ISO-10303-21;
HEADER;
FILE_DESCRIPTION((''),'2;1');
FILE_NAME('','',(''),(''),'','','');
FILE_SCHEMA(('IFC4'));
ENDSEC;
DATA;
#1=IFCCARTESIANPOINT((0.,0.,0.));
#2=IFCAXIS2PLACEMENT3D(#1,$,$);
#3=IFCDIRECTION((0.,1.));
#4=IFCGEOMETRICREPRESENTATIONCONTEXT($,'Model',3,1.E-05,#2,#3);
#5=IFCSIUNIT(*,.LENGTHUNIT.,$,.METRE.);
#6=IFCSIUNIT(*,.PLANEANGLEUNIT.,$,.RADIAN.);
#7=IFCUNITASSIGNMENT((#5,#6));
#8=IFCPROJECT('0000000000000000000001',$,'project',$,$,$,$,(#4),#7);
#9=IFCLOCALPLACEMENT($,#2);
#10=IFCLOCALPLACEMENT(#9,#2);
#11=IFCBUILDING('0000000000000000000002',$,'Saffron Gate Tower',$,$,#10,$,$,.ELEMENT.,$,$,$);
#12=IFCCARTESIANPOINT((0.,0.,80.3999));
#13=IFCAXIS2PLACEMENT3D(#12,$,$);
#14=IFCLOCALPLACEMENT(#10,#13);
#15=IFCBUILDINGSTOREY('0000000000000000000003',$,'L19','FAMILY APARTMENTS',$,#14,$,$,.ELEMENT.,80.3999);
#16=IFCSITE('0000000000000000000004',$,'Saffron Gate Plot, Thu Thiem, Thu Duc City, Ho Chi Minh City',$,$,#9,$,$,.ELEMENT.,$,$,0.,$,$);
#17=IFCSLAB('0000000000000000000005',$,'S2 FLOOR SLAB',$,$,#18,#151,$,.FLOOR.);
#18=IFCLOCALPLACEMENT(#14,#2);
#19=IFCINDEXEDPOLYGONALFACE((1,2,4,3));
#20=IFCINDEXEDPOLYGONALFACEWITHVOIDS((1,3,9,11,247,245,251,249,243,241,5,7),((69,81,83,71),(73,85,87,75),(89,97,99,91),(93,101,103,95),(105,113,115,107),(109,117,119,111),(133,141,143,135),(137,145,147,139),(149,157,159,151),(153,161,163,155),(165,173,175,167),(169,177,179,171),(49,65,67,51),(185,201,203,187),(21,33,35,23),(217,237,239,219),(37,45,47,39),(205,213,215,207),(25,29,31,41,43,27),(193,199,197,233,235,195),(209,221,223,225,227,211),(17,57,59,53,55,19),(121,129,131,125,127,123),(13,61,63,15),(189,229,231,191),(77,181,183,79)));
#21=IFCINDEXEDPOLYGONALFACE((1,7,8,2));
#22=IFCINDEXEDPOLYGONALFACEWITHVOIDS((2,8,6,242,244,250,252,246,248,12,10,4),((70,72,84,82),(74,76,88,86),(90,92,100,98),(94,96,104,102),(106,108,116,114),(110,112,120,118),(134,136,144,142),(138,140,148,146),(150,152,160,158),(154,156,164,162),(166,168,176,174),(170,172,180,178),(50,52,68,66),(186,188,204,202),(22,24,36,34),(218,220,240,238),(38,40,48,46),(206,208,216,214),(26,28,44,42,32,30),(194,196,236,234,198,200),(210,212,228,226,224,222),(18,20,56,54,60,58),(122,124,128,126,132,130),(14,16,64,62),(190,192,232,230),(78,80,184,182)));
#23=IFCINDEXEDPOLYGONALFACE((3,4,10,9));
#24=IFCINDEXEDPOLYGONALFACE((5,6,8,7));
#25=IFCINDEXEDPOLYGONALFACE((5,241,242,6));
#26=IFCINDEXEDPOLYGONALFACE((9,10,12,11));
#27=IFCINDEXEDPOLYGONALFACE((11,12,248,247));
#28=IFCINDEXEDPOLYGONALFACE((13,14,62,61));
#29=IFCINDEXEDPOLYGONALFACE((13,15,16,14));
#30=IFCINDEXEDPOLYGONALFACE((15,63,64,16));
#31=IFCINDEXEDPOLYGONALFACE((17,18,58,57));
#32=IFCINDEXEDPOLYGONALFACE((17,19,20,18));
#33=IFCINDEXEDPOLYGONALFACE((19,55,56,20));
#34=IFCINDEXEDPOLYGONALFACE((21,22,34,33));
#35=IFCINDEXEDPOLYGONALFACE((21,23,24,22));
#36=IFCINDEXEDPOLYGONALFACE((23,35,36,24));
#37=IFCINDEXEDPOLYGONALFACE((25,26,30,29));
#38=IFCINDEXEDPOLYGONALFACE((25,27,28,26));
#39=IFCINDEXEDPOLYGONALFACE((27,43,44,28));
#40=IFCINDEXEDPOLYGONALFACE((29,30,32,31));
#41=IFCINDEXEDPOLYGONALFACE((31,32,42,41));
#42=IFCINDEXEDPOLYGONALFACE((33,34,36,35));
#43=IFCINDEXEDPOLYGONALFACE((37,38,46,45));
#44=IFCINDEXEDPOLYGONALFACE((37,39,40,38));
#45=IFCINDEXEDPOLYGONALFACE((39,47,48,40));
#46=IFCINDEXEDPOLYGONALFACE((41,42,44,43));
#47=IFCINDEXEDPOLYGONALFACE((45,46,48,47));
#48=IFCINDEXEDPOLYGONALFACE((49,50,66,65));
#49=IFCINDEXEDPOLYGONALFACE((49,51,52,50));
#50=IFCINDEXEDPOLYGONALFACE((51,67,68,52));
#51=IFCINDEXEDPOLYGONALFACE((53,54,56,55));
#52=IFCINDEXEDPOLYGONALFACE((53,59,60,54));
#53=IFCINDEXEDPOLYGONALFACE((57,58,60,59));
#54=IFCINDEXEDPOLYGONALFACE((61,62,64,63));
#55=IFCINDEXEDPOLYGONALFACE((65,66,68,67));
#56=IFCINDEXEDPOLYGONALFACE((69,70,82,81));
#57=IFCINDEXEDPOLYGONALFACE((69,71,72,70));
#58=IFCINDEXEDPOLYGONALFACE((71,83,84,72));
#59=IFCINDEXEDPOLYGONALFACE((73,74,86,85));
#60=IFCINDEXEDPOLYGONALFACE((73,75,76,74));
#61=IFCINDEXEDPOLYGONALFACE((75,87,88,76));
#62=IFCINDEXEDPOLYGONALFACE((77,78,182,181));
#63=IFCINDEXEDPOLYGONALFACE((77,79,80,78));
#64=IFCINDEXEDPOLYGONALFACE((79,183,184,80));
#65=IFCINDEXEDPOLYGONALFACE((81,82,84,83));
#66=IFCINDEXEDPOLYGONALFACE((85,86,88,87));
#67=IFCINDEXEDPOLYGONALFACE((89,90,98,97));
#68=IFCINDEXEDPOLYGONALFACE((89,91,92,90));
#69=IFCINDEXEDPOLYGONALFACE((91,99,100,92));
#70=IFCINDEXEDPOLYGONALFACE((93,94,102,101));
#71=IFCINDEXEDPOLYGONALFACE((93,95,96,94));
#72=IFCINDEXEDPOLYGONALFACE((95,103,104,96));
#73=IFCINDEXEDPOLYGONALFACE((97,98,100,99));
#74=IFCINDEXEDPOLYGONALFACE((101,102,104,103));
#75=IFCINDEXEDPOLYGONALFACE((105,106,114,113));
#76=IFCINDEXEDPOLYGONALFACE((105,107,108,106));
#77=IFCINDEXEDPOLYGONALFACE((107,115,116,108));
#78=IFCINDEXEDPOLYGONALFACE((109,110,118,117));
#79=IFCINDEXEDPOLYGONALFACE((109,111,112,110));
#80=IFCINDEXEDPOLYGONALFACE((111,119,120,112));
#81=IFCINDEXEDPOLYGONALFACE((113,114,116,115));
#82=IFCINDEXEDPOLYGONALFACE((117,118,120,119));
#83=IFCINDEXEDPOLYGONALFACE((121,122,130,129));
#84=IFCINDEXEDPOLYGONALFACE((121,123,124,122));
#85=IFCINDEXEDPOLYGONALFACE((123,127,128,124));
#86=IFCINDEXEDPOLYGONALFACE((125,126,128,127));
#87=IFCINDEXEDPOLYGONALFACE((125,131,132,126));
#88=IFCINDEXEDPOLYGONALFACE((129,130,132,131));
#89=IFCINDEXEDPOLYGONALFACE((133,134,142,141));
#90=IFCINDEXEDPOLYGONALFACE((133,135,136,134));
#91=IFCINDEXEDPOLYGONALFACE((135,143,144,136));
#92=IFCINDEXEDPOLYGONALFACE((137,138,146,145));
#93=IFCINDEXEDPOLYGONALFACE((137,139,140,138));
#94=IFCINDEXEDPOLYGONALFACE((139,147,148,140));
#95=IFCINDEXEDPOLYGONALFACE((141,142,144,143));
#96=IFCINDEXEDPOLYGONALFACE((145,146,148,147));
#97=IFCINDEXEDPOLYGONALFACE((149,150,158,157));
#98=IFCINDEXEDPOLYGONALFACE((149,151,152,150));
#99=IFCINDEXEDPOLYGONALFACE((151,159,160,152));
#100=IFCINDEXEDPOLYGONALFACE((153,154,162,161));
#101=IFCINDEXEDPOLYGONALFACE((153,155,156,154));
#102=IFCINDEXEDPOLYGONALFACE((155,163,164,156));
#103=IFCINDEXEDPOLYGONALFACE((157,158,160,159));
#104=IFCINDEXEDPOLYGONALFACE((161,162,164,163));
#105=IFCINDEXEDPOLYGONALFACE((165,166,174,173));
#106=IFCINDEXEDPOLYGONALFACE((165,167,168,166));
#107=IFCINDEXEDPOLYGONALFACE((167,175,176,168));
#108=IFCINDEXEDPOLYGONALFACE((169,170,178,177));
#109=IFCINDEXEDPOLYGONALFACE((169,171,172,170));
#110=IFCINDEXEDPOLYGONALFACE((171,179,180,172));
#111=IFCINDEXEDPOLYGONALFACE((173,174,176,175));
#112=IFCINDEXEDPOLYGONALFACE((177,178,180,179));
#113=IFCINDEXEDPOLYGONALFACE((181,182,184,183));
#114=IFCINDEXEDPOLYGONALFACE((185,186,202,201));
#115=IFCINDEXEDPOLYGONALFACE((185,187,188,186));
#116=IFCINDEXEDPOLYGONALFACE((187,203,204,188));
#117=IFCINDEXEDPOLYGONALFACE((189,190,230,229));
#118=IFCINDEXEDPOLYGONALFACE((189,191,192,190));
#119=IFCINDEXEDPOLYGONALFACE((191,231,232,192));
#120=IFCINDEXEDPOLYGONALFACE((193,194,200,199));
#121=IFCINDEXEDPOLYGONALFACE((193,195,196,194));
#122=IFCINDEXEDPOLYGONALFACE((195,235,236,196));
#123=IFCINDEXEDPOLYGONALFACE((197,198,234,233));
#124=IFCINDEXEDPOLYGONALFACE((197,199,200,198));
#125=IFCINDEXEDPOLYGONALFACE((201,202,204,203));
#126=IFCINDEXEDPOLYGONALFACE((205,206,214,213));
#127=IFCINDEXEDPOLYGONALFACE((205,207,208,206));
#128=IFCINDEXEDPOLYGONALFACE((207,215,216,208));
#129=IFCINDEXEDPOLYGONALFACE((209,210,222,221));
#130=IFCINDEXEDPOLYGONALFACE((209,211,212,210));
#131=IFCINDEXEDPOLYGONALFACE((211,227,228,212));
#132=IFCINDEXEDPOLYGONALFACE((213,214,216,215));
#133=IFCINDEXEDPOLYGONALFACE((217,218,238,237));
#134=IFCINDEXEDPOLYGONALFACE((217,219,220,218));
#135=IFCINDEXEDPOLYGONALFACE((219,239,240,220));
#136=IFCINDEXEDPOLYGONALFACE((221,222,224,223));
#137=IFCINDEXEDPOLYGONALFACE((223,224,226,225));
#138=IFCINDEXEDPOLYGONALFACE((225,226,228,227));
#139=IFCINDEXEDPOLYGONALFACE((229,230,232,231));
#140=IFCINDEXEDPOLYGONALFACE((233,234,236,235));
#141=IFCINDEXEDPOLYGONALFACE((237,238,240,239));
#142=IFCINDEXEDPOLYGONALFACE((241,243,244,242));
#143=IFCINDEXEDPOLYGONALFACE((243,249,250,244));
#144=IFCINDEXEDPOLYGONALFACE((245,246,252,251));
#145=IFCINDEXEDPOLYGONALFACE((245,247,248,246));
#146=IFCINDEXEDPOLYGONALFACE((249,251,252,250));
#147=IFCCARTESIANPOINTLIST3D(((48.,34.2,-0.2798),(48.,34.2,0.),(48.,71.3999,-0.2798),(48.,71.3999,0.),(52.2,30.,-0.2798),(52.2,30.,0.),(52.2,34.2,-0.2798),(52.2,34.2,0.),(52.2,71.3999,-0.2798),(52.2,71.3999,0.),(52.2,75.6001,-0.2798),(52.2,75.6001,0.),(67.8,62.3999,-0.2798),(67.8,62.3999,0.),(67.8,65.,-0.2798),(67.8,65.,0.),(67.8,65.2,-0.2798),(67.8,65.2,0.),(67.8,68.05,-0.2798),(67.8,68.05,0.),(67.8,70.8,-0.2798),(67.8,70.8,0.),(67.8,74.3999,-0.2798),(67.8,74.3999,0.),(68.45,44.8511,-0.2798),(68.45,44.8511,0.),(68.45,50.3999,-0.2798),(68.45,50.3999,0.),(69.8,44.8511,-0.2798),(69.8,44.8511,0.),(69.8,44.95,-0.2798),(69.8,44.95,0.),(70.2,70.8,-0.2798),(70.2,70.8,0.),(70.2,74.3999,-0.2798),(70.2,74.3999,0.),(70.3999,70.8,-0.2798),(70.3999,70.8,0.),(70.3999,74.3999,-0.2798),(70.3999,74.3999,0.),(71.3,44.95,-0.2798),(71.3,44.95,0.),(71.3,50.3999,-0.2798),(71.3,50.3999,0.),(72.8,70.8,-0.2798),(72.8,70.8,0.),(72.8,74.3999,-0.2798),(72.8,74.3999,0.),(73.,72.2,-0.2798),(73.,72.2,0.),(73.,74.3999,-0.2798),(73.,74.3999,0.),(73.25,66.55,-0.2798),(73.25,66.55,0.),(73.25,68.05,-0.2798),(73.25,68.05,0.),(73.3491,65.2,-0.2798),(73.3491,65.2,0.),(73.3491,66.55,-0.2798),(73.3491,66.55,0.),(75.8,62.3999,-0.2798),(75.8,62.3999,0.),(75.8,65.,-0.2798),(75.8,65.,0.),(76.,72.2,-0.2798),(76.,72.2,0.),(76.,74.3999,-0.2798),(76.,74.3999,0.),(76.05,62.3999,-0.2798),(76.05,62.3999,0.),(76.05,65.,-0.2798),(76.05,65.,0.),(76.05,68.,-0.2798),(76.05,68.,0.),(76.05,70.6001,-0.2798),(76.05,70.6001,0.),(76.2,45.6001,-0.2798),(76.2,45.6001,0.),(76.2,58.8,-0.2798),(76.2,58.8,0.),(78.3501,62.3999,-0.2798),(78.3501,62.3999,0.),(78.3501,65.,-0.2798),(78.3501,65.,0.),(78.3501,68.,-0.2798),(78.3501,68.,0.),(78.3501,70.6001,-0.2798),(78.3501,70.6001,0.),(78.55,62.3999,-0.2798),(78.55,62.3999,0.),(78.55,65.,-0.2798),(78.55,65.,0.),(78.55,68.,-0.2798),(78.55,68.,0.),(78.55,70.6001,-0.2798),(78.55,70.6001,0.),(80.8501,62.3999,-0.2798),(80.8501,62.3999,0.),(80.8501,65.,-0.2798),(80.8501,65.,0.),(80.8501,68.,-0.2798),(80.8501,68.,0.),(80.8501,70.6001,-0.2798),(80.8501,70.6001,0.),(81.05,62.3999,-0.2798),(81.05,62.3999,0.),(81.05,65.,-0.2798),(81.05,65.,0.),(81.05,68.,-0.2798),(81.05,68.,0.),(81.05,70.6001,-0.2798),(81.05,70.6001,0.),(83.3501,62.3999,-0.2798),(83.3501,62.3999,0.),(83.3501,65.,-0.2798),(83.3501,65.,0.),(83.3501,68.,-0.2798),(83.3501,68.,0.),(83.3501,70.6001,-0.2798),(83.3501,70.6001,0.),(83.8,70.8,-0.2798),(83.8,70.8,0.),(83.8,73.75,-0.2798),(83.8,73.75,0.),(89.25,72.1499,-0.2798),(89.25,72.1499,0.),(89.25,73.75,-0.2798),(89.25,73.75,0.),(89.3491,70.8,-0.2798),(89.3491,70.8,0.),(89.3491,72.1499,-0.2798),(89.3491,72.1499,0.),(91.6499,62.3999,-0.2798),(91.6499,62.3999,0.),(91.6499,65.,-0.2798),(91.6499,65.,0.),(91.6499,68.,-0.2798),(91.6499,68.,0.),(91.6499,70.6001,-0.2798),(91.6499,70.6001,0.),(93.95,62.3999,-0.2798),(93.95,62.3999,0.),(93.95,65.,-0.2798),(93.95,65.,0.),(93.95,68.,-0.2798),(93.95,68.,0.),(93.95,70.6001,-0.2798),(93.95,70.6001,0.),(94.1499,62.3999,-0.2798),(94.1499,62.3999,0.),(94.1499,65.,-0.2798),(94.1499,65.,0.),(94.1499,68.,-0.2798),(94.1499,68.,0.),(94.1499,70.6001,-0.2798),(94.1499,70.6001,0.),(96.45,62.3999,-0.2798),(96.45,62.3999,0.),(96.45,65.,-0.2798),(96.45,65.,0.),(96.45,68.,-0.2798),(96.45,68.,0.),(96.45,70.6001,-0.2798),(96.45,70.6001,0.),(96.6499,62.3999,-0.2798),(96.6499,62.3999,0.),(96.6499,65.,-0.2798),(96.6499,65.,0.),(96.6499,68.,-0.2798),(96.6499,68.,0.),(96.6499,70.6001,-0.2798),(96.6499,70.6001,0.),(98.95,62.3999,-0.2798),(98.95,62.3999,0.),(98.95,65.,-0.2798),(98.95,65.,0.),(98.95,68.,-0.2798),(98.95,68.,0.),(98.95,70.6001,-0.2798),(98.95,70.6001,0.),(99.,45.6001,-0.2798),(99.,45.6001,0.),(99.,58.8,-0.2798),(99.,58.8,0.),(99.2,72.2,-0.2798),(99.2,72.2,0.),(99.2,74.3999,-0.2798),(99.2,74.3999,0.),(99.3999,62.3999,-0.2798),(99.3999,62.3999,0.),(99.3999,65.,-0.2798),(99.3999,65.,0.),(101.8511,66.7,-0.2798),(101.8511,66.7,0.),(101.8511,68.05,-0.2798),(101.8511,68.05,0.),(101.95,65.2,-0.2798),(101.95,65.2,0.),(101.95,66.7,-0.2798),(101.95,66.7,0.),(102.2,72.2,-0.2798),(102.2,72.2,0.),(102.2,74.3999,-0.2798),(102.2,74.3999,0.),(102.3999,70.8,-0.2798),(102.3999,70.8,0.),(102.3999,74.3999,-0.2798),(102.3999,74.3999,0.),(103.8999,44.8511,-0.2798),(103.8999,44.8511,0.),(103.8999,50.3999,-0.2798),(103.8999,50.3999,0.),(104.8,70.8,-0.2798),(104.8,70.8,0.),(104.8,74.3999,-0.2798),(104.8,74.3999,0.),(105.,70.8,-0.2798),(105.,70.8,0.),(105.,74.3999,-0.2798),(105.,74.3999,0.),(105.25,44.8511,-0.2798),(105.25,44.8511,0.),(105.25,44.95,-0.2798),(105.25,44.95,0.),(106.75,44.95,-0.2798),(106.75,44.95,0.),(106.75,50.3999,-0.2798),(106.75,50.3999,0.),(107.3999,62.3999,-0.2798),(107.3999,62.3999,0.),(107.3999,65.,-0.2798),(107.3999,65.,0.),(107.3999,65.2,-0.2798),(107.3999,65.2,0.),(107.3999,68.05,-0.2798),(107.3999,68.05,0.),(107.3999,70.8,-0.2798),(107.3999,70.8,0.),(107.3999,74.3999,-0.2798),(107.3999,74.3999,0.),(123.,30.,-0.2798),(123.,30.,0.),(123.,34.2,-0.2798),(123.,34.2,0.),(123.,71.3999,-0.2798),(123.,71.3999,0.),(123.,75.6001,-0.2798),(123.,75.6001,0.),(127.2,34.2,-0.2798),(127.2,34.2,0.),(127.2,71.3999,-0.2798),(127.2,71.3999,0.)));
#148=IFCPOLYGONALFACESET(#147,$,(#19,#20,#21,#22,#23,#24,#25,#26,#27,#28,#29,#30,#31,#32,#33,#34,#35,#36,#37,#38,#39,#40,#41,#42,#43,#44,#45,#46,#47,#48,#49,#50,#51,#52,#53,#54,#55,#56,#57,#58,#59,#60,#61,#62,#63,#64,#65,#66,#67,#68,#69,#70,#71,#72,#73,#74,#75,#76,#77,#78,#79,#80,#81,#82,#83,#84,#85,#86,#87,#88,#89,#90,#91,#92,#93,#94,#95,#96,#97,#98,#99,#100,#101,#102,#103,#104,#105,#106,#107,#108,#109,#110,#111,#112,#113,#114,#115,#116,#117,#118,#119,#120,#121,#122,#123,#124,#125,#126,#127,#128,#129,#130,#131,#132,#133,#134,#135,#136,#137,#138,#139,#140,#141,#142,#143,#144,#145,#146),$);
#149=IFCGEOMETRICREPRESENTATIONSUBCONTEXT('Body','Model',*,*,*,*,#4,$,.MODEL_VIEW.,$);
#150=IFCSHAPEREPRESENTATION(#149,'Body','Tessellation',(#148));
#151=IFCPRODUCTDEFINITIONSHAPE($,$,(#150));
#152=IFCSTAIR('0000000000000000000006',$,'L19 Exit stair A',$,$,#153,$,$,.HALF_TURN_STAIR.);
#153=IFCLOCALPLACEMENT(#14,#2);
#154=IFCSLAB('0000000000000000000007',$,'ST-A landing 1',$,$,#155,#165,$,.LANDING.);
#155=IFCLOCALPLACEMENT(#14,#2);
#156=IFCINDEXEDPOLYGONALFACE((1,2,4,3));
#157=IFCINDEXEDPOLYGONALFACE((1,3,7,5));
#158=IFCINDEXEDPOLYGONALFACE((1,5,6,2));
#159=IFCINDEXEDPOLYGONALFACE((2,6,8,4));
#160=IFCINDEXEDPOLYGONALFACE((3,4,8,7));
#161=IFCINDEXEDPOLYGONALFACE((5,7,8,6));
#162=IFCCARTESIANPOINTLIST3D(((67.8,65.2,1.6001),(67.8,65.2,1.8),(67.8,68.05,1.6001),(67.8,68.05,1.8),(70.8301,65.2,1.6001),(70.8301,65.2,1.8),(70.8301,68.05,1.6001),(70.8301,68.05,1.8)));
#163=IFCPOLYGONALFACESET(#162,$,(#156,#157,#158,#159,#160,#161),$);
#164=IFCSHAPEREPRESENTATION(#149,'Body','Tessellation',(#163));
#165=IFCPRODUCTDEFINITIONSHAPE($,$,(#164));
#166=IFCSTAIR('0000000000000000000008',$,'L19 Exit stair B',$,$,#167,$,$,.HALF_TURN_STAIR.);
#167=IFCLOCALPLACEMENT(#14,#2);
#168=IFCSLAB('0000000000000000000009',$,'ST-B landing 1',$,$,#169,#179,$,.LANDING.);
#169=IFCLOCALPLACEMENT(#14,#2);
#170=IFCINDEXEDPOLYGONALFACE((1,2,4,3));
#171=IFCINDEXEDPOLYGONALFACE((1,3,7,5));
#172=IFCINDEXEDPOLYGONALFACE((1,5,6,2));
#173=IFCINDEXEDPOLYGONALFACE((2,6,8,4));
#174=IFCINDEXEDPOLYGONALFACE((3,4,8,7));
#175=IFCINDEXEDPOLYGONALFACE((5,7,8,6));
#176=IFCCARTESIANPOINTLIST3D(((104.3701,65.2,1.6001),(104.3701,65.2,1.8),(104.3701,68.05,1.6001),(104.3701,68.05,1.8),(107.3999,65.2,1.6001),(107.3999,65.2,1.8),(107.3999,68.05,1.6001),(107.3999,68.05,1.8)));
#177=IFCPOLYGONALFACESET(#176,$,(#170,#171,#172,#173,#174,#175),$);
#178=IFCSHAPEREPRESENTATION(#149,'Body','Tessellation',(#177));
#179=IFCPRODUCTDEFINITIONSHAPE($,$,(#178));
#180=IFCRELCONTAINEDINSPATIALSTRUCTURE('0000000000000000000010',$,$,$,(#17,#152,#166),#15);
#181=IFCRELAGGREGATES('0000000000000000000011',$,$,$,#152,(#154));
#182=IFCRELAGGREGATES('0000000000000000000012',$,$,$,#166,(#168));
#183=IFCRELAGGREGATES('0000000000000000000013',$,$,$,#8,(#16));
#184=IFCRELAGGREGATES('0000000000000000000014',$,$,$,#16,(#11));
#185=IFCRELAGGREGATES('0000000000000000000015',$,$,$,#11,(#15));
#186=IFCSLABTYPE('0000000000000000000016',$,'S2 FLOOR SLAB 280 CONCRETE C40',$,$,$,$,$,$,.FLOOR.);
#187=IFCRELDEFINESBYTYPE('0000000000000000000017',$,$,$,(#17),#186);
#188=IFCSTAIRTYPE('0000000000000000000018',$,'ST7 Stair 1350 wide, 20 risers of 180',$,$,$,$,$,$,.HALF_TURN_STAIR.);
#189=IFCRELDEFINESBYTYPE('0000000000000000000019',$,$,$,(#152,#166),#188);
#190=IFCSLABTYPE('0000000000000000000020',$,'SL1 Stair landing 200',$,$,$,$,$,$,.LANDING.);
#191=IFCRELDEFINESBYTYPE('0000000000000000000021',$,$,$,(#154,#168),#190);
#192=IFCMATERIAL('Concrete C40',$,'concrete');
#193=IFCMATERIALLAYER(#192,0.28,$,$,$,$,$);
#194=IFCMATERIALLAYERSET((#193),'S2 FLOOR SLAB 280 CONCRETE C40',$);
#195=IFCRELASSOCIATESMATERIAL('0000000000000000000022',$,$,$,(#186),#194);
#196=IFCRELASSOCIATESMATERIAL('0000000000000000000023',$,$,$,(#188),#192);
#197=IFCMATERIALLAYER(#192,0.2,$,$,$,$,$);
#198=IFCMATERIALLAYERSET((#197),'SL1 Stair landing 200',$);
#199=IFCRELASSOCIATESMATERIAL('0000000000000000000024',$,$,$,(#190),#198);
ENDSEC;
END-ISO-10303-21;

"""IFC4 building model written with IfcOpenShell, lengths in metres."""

from ifc_helpers import new_model, si_unit, direction, frame, origin, place, context, subcontext, project, spatial, polyline, outline, extrude, material, layer, layer_set, type_object, element, aggregate, save


model = new_model("IFC4")

# Units and contexts
model_context = context("Model", 3, precision=1e-05, world=origin(), true_north=direction((0.0, 1.0)))
body_context = subcontext(model_context, "Body", "Model", "MODEL_VIEW")
ifc_project = project(units=[si_unit("LENGTHUNIT", "METRE"), si_unit("PLANEANGLEUNIT", "RADIAN")], contexts=[model_context])

# Site, building, storey
site_placement = place(None, origin())
site = spatial("IfcSite", under=ifc_project, at=site_placement, Name="Saffron Gate Plot, Thu Thiem, Thu Duc City, Ho Chi Minh City", CompositionType="ELEMENT", RefElevation=0.0)
building_placement = place(site_placement, origin())
building = spatial("IfcBuilding", under=site, at=building_placement, Name="Saffron Gate Tower", CompositionType="ELEMENT")
storey_placement = place(building_placement, frame((0.0, 0.0, 80.3999)))
storey = spatial("IfcBuildingStorey", under=building, at=storey_placement, Name="L19", Description="FAMILY APARTMENTS", CompositionType="ELEMENT", Elevation=80.3999)

# Slab
ifc_material_1 = material(Name="Concrete C40", Category="concrete")
ifc_layer_1 = layer(ifc_material_1, 0.28)
ifc_layer_set_1 = layer_set([ifc_layer_1], Name="S2 FLOOR SLAB 280 CONCRETE C40")
slab_type_1 = type_object("IfcSlabType", Name="S2 FLOOR SLAB 280 CONCRETE C40", PredefinedType="FLOOR", material=ifc_layer_set_1)
slab_1_placement = place(storey_placement, frame((0.0, 0.0, -0.2798)))
element("IfcSlab", 1, at=slab_1_placement, inside=storey, type_object=slab_type_1, Name="S2 FLOOR SLAB", PredefinedType="FLOOR", context=body_context, shape_type="SweptSolid", body=[
    extrude(outline(polyline([(48.0, 34.2), (52.2, 34.2), (52.2, 30.0), (123.0, 30.0), (123.0, 34.2), (127.2, 34.2), (127.2, 71.3999), (123.0, 71.3999), (123.0, 75.6001), (52.2, 75.6001), (52.2, 71.3999), (48.0, 71.3999), (48.0, 34.2)]), holes=[polyline([(67.8, 62.3999), (67.8, 65.0), (75.8, 65.0), (75.8, 62.3999), (67.8, 62.3999)]), polyline([(67.8, 65.2), (67.8, 68.05), (73.25, 68.05), (73.25, 66.55), (73.3491, 66.55), (73.3491, 65.2), (67.8, 65.2)]), polyline([(67.8, 70.8), (67.8, 74.3999), (70.2, 74.3999), (70.2, 70.8), (67.8, 70.8)]), polyline([(68.45, 44.8511), (68.45, 50.3999), (71.3, 50.3999), (71.3, 44.95), (69.8, 44.95), (69.8, 44.8511), (68.45, 44.8511)]), polyline([(70.3999, 70.8), (70.3999, 74.3999), (72.8, 74.3999), (72.8, 70.8), (70.3999, 70.8)]), polyline([(73.0, 72.2), (73.0, 74.3999), (76.0, 74.3999), (76.0, 72.2), (73.0, 72.2)]), polyline([(76.05, 62.3999), (76.05, 65.0), (78.3501, 65.0), (78.3501, 62.3999), (76.05, 62.3999)]), polyline([(76.05, 68.0), (76.05, 70.6001), (78.3501, 70.6001), (78.3501, 68.0), (76.05, 68.0)]), polyline([(76.2, 45.6001), (76.2, 58.8), (99.0, 58.8), (99.0, 45.6001), (76.2, 45.6001)]), polyline([(78.55, 62.3999), (78.55, 65.0), (80.8501, 65.0), (80.8501, 62.3999), (78.55, 62.3999)]), polyline([(78.55, 68.0), (78.55, 70.6001), (80.8501, 70.6001), (80.8501, 68.0), (78.55, 68.0)]), polyline([(81.05, 62.3999), (81.05, 65.0), (83.3501, 65.0), (83.3501, 62.3999), (81.05, 62.3999)]), polyline([(81.05, 68.0), (81.05, 70.6001), (83.3501, 70.6001), (83.3501, 68.0), (81.05, 68.0)]), polyline([(83.8, 70.8), (83.8, 73.75), (89.25, 73.75), (89.25, 72.1499), (89.3491, 72.1499), (89.3491, 70.8), (83.8, 70.8)]), polyline([(91.6499, 62.3999), (91.6499, 65.0), (93.95, 65.0), (93.95, 62.3999), (91.6499, 62.3999)]), polyline([(91.6499, 68.0), (91.6499, 70.6001), (93.95, 70.6001), (93.95, 68.0), (91.6499, 68.0)]), polyline([(94.1499, 62.3999), (94.1499, 65.0), (96.45, 65.0), (96.45, 62.3999), (94.1499, 62.3999)]), polyline([(94.1499, 68.0), (94.1499, 70.6001), (96.45, 70.6001), (96.45, 68.0), (94.1499, 68.0)]), polyline([(96.6499, 62.3999), (96.6499, 65.0), (98.95, 65.0), (98.95, 62.3999), (96.6499, 62.3999)]), polyline([(96.6499, 68.0), (96.6499, 70.6001), (98.95, 70.6001), (98.95, 68.0), (96.6499, 68.0)]), polyline([(99.2, 72.2), (99.2, 74.3999), (102.2, 74.3999), (102.2, 72.2), (99.2, 72.2)]), polyline([(99.3999, 62.3999), (99.3999, 65.0), (107.3999, 65.0), (107.3999, 62.3999), (99.3999, 62.3999)]), polyline([(101.8511, 66.7), (101.8511, 68.05), (107.3999, 68.05), (107.3999, 65.2), (101.95, 65.2), (101.95, 66.7), (101.8511, 66.7)]), polyline([(102.3999, 70.8), (102.3999, 74.3999), (104.8, 74.3999), (104.8, 70.8), (102.3999, 70.8)]), polyline([(103.8999, 44.8511), (103.8999, 50.3999), (106.75, 50.3999), (106.75, 44.95), (105.25, 44.95), (105.25, 44.8511), (103.8999, 44.8511)]), polyline([(105.0, 70.8), (105.0, 74.3999), (107.3999, 74.3999), (107.3999, 70.8), (105.0, 70.8)])]), origin(), (0.0, 0.0, 1.0), 0.2798),
])

# Stairs, slabs
stair_type = type_object("IfcStairType", Name="ST7 Stair 1350 wide, 20 risers of 180", PredefinedType="HALF_TURN_STAIR", material=ifc_material_1)
stair_1_placement = place(storey_placement, origin())
stair_1 = element("IfcStair", 2, at=stair_1_placement, inside=storey, type_object=stair_type, Name="L19 Exit stair A", PredefinedType="HALF_TURN_STAIR")
ifc_layer_2 = layer(ifc_material_1, 0.2)
ifc_layer_set_2 = layer_set([ifc_layer_2], Name="SL1 Stair landing 200")
slab_type_2 = type_object("IfcSlabType", Name="SL1 Stair landing 200", PredefinedType="LANDING", material=ifc_layer_set_2)
slab_2_placement = place(storey_placement, frame((0.0, 0.0, 1.6001)))
slab_2 = element("IfcSlab", 3, at=slab_2_placement, type_object=slab_type_2, Name="ST-A landing 1", PredefinedType="LANDING", context=body_context, shape_type="SweptSolid", body=[
    extrude(outline(polyline([(70.8301, 68.05), (67.8, 68.05), (67.8, 65.2), (70.8301, 65.2), (70.8301, 68.05)])), origin(), (0.0, 0.0, 1.0), 0.2),
])
aggregate(stair_1, [slab_2])
stair_2_placement = place(storey_placement, origin())
stair_2 = element("IfcStair", 4, at=stair_2_placement, inside=storey, type_object=stair_type, Name="L19 Exit stair B", PredefinedType="HALF_TURN_STAIR")
slab_3_placement = place(storey_placement, frame((0.0, 0.0, 1.6001)))
slab_3 = element("IfcSlab", 5, at=slab_3_placement, type_object=slab_type_2, Name="ST-B landing 1", PredefinedType="LANDING", context=body_context, shape_type="SweptSolid", body=[
    extrude(outline(polyline([(104.3701, 65.2), (107.3999, 65.2), (107.3999, 68.05), (104.3701, 68.05), (104.3701, 65.2)])), origin(), (0.0, 0.0, 1.0), 0.2),
])
aggregate(stair_2, [slab_3])

save(model, "model.ifc")
